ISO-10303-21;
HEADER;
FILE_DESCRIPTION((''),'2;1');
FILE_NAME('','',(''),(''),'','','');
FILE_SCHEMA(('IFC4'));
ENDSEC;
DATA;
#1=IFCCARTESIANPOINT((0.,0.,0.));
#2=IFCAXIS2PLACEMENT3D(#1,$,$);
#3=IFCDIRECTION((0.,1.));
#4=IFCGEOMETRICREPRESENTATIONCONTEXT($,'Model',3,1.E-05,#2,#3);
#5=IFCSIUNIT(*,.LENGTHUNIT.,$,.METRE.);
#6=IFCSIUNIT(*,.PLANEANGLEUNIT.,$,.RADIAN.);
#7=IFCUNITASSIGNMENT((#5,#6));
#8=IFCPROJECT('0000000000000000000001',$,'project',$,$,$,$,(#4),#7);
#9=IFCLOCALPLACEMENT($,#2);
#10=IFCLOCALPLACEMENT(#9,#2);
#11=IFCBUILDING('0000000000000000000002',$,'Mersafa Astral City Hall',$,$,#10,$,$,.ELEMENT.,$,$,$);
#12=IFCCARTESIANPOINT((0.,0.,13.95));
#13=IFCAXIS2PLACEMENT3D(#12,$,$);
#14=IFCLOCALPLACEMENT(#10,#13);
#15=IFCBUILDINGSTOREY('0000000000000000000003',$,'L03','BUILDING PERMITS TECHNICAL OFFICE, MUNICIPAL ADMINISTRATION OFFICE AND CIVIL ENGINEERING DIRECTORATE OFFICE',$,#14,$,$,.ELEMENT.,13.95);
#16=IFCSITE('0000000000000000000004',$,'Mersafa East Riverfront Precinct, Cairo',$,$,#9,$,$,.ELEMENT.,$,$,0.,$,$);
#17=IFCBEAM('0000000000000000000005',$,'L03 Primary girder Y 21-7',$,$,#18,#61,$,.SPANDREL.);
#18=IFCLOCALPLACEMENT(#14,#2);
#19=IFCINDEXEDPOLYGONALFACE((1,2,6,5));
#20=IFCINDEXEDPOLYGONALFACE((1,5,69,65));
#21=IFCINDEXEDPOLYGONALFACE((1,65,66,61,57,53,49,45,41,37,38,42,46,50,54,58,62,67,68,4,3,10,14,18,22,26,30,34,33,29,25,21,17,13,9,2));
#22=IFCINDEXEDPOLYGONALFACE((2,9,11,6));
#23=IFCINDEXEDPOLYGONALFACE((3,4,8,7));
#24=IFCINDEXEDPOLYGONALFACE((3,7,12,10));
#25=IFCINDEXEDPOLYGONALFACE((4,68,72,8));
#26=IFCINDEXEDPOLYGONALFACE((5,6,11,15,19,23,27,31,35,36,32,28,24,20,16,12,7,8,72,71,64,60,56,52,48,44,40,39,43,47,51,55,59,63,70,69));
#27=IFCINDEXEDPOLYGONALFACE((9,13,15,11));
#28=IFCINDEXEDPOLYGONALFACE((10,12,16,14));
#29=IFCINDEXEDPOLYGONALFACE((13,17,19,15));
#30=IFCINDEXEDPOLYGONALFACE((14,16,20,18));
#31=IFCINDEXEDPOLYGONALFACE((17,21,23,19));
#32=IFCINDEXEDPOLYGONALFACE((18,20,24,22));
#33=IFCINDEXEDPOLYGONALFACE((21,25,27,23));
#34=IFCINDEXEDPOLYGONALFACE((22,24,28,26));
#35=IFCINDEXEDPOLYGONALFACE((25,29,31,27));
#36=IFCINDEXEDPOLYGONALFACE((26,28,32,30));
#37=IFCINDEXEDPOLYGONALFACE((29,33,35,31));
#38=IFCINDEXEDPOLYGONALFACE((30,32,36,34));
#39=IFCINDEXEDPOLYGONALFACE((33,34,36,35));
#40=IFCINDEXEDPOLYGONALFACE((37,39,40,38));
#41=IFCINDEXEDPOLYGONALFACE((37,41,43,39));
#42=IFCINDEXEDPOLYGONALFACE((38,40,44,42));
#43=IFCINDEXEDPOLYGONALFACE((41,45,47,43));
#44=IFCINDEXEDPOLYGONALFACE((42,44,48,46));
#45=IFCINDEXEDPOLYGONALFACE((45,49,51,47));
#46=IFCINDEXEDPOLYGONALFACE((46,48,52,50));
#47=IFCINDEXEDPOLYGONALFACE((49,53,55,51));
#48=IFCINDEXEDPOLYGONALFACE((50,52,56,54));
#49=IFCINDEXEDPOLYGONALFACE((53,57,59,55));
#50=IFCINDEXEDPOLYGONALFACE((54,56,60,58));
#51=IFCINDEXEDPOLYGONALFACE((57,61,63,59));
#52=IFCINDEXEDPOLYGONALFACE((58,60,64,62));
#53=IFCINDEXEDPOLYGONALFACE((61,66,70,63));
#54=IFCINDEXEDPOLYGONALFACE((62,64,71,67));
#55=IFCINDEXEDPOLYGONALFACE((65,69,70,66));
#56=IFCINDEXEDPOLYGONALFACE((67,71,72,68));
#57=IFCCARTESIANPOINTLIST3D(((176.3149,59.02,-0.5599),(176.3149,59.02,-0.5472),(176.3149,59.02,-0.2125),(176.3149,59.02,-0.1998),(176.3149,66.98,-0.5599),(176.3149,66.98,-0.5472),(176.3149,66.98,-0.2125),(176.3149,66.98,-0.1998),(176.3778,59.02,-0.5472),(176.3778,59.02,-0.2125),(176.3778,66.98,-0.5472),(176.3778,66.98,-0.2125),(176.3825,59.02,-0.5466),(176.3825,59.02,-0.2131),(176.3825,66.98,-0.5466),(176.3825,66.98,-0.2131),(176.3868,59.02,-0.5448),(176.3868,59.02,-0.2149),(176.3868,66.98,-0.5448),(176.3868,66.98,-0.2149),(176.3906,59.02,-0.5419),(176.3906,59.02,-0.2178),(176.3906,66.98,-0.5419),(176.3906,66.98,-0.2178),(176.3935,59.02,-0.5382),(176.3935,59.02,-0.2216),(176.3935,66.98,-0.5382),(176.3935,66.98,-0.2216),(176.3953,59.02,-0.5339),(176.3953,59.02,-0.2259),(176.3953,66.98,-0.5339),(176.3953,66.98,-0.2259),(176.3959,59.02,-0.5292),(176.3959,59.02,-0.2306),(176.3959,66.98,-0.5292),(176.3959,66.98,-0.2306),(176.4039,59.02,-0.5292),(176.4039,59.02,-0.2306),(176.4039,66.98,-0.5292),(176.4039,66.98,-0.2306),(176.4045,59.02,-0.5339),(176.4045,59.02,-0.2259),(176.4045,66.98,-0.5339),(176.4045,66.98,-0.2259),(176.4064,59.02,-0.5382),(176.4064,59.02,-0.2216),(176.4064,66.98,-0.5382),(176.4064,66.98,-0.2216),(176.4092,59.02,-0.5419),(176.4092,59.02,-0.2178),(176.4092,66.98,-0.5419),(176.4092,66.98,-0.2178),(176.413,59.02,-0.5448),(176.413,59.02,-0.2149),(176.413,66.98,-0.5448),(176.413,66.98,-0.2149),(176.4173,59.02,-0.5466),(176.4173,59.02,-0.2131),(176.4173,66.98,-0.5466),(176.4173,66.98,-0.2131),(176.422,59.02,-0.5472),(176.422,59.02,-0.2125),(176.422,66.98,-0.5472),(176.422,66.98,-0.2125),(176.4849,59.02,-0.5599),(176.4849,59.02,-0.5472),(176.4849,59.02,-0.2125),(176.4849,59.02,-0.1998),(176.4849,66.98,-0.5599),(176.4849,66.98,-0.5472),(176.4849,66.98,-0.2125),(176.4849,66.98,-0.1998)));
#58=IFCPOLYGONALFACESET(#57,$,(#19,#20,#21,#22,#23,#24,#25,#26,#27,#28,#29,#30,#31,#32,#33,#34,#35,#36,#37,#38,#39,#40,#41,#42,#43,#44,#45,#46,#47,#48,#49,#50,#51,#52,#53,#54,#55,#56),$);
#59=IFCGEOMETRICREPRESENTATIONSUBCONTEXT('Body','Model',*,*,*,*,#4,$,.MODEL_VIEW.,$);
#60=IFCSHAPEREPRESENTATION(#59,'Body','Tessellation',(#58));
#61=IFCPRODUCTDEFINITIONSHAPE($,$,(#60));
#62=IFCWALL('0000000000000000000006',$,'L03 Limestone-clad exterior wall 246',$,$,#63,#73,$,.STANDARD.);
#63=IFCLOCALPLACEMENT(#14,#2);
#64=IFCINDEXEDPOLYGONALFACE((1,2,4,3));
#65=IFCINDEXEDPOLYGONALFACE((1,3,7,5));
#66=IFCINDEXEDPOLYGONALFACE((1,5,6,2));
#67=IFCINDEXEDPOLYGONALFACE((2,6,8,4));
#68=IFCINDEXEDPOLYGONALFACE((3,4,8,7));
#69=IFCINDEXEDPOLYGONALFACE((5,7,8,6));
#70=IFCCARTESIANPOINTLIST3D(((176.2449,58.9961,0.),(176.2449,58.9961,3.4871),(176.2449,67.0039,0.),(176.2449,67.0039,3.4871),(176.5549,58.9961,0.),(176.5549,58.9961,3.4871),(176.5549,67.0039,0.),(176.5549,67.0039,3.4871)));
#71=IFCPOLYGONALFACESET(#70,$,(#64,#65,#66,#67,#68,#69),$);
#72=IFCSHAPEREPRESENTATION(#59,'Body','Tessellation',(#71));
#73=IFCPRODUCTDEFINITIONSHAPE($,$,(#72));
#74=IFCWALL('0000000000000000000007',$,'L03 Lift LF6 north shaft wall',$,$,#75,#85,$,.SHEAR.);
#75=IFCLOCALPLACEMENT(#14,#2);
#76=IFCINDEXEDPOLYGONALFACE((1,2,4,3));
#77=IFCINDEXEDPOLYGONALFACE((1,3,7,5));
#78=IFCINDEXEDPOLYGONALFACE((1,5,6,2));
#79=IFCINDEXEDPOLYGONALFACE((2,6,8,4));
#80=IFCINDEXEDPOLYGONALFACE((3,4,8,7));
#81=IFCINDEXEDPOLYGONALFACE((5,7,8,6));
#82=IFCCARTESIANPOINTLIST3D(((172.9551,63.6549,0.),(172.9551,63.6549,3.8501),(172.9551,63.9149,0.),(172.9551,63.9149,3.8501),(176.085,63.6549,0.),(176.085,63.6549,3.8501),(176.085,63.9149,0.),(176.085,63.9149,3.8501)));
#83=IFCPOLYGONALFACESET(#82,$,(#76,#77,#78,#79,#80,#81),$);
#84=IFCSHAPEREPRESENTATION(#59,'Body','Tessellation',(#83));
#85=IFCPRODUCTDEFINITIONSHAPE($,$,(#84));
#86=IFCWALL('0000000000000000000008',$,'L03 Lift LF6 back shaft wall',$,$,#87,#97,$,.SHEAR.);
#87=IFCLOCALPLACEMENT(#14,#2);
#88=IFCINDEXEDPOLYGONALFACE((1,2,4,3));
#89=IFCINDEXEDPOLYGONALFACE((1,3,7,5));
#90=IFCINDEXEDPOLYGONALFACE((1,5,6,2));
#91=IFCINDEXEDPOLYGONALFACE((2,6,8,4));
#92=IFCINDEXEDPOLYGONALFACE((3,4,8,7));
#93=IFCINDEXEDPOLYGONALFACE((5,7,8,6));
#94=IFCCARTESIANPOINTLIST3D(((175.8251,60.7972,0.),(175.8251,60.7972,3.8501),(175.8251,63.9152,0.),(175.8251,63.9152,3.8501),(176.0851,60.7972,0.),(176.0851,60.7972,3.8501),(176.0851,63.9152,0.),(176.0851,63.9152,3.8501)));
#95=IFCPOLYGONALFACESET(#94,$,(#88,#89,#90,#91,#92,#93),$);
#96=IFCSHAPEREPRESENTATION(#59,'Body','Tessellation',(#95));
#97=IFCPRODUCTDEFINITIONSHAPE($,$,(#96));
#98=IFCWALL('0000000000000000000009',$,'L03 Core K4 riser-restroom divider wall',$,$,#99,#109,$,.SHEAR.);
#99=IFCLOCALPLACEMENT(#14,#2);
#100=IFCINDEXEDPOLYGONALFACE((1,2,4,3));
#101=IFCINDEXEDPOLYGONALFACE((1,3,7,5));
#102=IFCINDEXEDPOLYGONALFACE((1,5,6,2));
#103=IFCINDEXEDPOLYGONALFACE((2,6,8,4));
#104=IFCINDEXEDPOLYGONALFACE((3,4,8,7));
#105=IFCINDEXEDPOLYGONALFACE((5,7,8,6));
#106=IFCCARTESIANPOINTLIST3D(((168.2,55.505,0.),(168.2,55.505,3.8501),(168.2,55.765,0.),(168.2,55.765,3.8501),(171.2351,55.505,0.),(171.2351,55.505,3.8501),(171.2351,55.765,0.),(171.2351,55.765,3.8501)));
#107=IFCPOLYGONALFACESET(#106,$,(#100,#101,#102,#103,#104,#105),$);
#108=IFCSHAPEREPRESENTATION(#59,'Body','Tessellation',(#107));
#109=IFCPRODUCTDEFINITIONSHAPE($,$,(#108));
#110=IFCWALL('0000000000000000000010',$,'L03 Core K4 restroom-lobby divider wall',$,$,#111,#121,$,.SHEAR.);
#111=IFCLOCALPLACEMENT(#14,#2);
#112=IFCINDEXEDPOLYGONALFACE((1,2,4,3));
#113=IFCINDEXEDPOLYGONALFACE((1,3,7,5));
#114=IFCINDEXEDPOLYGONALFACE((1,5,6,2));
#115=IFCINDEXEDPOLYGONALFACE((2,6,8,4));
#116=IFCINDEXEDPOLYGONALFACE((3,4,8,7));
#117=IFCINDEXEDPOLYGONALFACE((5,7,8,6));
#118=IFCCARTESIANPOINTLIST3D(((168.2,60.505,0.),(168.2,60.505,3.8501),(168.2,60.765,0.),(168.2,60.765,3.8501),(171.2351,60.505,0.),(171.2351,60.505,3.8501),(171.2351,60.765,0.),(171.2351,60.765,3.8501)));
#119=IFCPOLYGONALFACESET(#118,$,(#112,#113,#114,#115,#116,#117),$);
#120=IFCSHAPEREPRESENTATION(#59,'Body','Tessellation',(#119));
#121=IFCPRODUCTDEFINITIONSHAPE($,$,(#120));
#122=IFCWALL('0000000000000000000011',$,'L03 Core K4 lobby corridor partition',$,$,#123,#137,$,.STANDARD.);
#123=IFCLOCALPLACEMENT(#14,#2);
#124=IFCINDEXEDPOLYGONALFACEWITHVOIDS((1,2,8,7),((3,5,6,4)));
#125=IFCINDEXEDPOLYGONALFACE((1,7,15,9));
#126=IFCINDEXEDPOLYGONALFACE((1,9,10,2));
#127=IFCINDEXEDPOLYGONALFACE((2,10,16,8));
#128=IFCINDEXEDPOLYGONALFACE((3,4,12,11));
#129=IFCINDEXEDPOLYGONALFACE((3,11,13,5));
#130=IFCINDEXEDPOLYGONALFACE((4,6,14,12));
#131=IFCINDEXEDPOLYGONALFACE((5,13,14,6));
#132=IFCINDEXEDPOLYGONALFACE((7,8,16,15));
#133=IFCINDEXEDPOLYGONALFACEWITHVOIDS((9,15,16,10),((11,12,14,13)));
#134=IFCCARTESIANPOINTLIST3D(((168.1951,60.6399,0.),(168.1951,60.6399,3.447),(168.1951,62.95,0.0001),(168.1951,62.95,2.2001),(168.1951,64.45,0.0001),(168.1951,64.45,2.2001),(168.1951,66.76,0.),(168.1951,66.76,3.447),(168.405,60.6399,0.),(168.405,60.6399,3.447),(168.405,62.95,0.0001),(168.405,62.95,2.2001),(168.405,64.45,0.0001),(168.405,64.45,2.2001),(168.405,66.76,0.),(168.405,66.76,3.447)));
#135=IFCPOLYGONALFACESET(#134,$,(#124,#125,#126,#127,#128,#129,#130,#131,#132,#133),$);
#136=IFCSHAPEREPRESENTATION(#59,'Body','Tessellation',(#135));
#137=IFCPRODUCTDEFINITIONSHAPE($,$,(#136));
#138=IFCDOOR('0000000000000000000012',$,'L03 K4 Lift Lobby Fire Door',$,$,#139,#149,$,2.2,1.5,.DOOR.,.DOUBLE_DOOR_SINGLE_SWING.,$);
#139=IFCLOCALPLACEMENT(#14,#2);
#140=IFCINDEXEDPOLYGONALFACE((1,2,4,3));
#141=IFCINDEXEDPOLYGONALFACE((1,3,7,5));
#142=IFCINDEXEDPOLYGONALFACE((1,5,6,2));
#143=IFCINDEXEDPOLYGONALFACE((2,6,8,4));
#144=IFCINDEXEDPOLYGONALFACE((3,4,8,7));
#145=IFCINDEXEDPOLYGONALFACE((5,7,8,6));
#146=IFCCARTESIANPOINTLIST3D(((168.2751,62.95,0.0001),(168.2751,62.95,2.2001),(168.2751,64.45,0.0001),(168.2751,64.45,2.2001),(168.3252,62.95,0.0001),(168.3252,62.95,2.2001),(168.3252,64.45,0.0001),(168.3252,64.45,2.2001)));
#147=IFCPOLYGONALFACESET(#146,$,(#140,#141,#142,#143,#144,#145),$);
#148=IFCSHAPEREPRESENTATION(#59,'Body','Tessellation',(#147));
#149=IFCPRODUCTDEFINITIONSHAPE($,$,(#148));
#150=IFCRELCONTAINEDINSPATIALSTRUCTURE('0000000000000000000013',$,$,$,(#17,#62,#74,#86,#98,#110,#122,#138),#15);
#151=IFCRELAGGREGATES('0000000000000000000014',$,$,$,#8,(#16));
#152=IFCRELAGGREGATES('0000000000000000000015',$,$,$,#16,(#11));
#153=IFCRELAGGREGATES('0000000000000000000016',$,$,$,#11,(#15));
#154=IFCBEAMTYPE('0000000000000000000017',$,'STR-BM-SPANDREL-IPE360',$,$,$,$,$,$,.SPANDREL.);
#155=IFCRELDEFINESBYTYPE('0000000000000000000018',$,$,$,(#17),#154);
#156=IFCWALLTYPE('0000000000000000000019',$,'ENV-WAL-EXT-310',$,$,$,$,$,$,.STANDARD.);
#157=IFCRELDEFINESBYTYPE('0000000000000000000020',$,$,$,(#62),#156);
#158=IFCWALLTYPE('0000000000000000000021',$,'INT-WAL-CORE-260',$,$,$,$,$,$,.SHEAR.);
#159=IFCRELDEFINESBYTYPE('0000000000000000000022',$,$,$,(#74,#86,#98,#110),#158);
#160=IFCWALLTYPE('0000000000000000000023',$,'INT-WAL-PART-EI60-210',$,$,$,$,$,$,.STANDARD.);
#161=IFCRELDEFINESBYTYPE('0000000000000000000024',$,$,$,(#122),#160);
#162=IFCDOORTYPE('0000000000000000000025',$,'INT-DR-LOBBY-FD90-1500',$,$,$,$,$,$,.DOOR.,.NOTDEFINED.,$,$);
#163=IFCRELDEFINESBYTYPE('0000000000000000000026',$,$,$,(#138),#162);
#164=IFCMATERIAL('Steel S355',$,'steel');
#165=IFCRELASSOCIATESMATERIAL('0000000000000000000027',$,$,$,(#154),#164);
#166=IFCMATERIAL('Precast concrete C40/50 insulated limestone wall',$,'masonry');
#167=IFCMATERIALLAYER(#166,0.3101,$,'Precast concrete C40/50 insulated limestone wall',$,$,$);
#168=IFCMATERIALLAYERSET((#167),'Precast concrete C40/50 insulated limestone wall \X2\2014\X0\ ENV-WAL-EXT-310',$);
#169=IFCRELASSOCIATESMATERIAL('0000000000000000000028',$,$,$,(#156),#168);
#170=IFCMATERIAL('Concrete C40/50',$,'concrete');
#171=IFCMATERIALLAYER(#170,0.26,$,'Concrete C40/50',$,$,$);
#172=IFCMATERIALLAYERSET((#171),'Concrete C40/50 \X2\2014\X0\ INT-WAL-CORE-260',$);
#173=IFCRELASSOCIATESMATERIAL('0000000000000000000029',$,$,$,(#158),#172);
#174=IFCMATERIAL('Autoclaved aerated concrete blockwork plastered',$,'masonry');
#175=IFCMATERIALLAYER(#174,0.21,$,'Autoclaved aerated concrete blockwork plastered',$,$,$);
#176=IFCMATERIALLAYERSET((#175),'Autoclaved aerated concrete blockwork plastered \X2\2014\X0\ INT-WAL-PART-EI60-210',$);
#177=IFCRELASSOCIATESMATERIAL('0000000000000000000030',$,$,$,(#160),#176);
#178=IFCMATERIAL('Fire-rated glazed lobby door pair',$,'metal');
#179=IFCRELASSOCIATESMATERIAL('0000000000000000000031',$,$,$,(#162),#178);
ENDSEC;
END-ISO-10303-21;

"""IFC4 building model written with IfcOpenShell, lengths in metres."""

from ifc_helpers import new_model, si_unit, direction, frame, frame_2d, origin, origin_2d, place, context, subcontext, project, spatial, rectangle, i_section, extrude, material, layer, layer_set, material_profile, profile_set, type_object, element, fill, save


model = new_model("IFC4")

# Units and contexts
model_context = context("Model", 3, precision=1e-05, world=origin(), true_north=direction((0.0, 1.0)))
body_context = subcontext(model_context, "Body", "Model", "MODEL_VIEW")
ifc_project = project(units=[si_unit("LENGTHUNIT", "METRE"), si_unit("PLANEANGLEUNIT", "RADIAN")], contexts=[model_context])

# Site, building, storey
site_placement = place(None, origin())
site = spatial("IfcSite", under=ifc_project, at=site_placement, Name="Mersafa East Riverfront Precinct, Cairo", CompositionType="ELEMENT", RefElevation=0.0)
building_placement = place(site_placement, origin())
building = spatial("IfcBuilding", under=site, at=building_placement, Name="Mersafa Astral City Hall", CompositionType="ELEMENT")
storey_placement = place(building_placement, frame((0.0, 0.0, 13.95)))
storey = spatial("IfcBuildingStorey", under=building, at=storey_placement, Name="L03", Description="BUILDING PERMITS TECHNICAL OFFICE, MUNICIPAL ADMINISTRATION OFFICE AND CIVIL ENGINEERING DIRECTORATE OFFICE", CompositionType="ELEMENT", Elevation=13.95)

# Shared definitions
ifc_material_1 = material(Name="Steel S355", Category="steel")

# Beam
ifc_material_profile_1 = material_profile(ifc_material_1, i_section(OverallWidth=0.1699, OverallDepth=0.3601, WebThickness=0.0081, FlangeThickness=0.0127, FilletRadius=0.0181, at=origin_2d()), Name="IPE 360")
ifc_profile_set_1 = profile_set([ifc_material_profile_1], Name="Steel S355")
beam_type_1 = type_object("IfcBeamType", Name="STR-BM-SPANDREL-IPE360", PredefinedType="SPANDREL", material=ifc_profile_set_1)
beam_1_placement = place(storey_placement, frame((176.3999, 59.02, -0.3799), z_axis=(0.0, 1.0, 0.0), x_axis=(-1.0, 0.0, 0.0)))
element("IfcBeam", 1, at=beam_1_placement, inside=storey, type_object=beam_type_1, Name="L03 Primary girder Y 21-7", PredefinedType="SPANDREL", context=body_context, shape_type="SweptSolid", body=[
    extrude(i_section(OverallWidth=0.1699, OverallDepth=0.3601, WebThickness=0.0081, FlangeThickness=0.0127, FilletRadius=0.0181, at=origin_2d()), origin(), (0.0, 0.0, 1.0), 7.96),
])

# Walls
ifc_material_2 = material(Name="Precast concrete C40/50 insulated limestone wall", Category="masonry")
ifc_layer_1 = layer(ifc_material_2, 0.3101, Name="Precast concrete C40/50 insulated limestone wall")
ifc_layer_set_1 = layer_set([ifc_layer_1], Name="Precast concrete C40/50 insulated limestone wall — ENV-WAL-EXT-310")
wall_type_1 = type_object("IfcWallType", Name="ENV-WAL-EXT-310", PredefinedType="STANDARD", material=ifc_layer_set_1)
wall_1_placement = place(storey_placement, frame((176.3999, 58.9961, 0.0), z_axis=(0.0, 0.0, 1.0), x_axis=(0.0, 1.0, 0.0)))
element("IfcWall", 2, at=wall_1_placement, inside=storey, type_object=wall_type_1, Name="L03 Limestone-clad exterior wall 246", PredefinedType="STANDARD", context=body_context, shape_type="SweptSolid", body=[
    extrude(rectangle(XDim=8.0078, YDim=0.3101, at=frame_2d((4.0039, 0.0))), origin(), (0.0, 0.0, 1.0), 3.4871),
])
ifc_material_3 = material(Name="Concrete C40/50", Category="concrete")
ifc_layer_2 = layer(ifc_material_3, 0.26, Name="Concrete C40/50")
ifc_layer_set_2 = layer_set([ifc_layer_2], Name="Concrete C40/50 — INT-WAL-CORE-260")
wall_type_2 = type_object("IfcWallType", Name="INT-WAL-CORE-260", PredefinedType="SHEAR", material=ifc_layer_set_2)
wall_2_placement = place(storey_placement, frame((172.9551, 63.7849, 0.0), z_axis=(0.0, 0.0, 1.0), x_axis=(1.0, 0.0, 0.0)))
element("IfcWall", 3, at=wall_2_placement, inside=storey, type_object=wall_type_2, Name="L03 Lift LF6 north shaft wall", PredefinedType="SHEAR", context=body_context, shape_type="SweptSolid", body=[
    extrude(rectangle(XDim=3.1299, YDim=0.26, at=frame_2d((1.5649, 0.0))), origin(), (0.0, 0.0, 1.0), 3.8501),
])
wall_3_placement = place(storey_placement, frame((175.9551, 60.7971, 0.0), z_axis=(0.0, 0.0, 1.0), x_axis=(0.0, 1.0, 0.0)))
element("IfcWall", 4, at=wall_3_placement, inside=storey, type_object=wall_type_2, Name="L03 Lift LF6 back shaft wall", PredefinedType="SHEAR", context=body_context, shape_type="SweptSolid", body=[
    extrude(rectangle(XDim=3.1179, YDim=0.26, at=frame_2d((1.5591, 0.0))), origin(), (0.0, 0.0, 1.0), 3.8501),
])

# Walls
for number, where, z_axis, x_axis, name in (
    (5, (168.2, 55.635, 0.0), (0.0, 0.0, 1.0), (1.0, 0.0, 0.0), "L03 Core K4 riser-restroom divider wall"),
    (6, (168.2, 60.635, 0.0), (0.0, 0.0, 1.0), (1.0, 0.0, 0.0), "L03 Core K4 restroom-lobby divider wall"),
):
    element("IfcWall", number, at=place(storey_placement, frame(where, z_axis=z_axis, x_axis=x_axis)), inside=storey, type_object=wall_type_2, Name=name, PredefinedType="SHEAR", context=body_context, shape_type="SweptSolid", body=[
        extrude(rectangle(XDim=3.0352, YDim=0.26, at=frame_2d((1.5176, 0.0))), origin(), (0.0, 0.0, 1.0), 3.8501),
    ])

# Wall, opening, door
ifc_material_4 = material(Name="Autoclaved aerated concrete blockwork plastered", Category="masonry")
ifc_layer_3 = layer(ifc_material_4, 0.21, Name="Autoclaved aerated concrete blockwork plastered")
ifc_layer_set_3 = layer_set([ifc_layer_3], Name="Autoclaved aerated concrete blockwork plastered — INT-WAL-PART-EI60-210")
wall_type_3 = type_object("IfcWallType", Name="INT-WAL-PART-EI60-210", PredefinedType="STANDARD", material=ifc_layer_set_3)
wall_4_placement = place(storey_placement, frame((168.3, 60.6399, 0.0), z_axis=(0.0, 0.0, 1.0), x_axis=(0.0, 1.0, 0.0)))
wall_4 = element("IfcWall", 7, at=wall_4_placement, inside=storey, type_object=wall_type_3, Name="L03 Core K4 lobby corridor partition", PredefinedType="STANDARD", context=body_context, shape_type="SweptSolid", body=[
    extrude(rectangle(XDim=6.1201, YDim=0.21, at=frame_2d((3.0601, 0.0))), origin(), (0.0, 0.0, 1.0), 3.447),
])
opening_1_placement = place(wall_4_placement, frame((2.3101, 0.0, 0.0)))
opening_1 = element("IfcOpeningElement", 8, at=opening_1_placement, cuts=wall_4, PredefinedType="OPENING", context=body_context, shape_type="SweptSolid", body=[
    extrude(rectangle(XDim=1.5, YDim=2.2, at=frame_2d((0.75, 1.1001))), frame((0.0, 0.115, 0.0), z_axis=(0.0, -1.0, 0.0), x_axis=(1.0, 0.0, 0.0)), (0.0, 0.0, 1.0), 0.23),
])
ifc_material_5 = material(Name="Fire-rated glazed lobby door pair", Category="metal")
door_type_1 = type_object("IfcDoorType", Name="INT-DR-LOBBY-FD90-1500", OperationType="NOTDEFINED", PredefinedType="DOOR", material=ifc_material_5)
door_1_placement = place(opening_1_placement, origin())
door_1 = element("IfcDoor", 9, at=door_1_placement, inside=storey, type_object=door_type_1, Name="L03 K4 Lift Lobby Fire Door", OperationType="DOUBLE_DOOR_SINGLE_SWING", OverallHeight=2.2, OverallWidth=1.5, PredefinedType="DOOR", context=body_context, shape_type="SweptSolid", body=[
    extrude(rectangle(XDim=1.5, YDim=2.2, at=frame_2d((0.75, 1.1001))), frame((0.0, 0.0249, 0.0), z_axis=(0.0, -1.0, 0.0), x_axis=(1.0, 0.0, 0.0)), (0.0, 0.0, 1.0), 0.05),
])
fill(opening_1, door_1)

save(model, "model.ifc")
